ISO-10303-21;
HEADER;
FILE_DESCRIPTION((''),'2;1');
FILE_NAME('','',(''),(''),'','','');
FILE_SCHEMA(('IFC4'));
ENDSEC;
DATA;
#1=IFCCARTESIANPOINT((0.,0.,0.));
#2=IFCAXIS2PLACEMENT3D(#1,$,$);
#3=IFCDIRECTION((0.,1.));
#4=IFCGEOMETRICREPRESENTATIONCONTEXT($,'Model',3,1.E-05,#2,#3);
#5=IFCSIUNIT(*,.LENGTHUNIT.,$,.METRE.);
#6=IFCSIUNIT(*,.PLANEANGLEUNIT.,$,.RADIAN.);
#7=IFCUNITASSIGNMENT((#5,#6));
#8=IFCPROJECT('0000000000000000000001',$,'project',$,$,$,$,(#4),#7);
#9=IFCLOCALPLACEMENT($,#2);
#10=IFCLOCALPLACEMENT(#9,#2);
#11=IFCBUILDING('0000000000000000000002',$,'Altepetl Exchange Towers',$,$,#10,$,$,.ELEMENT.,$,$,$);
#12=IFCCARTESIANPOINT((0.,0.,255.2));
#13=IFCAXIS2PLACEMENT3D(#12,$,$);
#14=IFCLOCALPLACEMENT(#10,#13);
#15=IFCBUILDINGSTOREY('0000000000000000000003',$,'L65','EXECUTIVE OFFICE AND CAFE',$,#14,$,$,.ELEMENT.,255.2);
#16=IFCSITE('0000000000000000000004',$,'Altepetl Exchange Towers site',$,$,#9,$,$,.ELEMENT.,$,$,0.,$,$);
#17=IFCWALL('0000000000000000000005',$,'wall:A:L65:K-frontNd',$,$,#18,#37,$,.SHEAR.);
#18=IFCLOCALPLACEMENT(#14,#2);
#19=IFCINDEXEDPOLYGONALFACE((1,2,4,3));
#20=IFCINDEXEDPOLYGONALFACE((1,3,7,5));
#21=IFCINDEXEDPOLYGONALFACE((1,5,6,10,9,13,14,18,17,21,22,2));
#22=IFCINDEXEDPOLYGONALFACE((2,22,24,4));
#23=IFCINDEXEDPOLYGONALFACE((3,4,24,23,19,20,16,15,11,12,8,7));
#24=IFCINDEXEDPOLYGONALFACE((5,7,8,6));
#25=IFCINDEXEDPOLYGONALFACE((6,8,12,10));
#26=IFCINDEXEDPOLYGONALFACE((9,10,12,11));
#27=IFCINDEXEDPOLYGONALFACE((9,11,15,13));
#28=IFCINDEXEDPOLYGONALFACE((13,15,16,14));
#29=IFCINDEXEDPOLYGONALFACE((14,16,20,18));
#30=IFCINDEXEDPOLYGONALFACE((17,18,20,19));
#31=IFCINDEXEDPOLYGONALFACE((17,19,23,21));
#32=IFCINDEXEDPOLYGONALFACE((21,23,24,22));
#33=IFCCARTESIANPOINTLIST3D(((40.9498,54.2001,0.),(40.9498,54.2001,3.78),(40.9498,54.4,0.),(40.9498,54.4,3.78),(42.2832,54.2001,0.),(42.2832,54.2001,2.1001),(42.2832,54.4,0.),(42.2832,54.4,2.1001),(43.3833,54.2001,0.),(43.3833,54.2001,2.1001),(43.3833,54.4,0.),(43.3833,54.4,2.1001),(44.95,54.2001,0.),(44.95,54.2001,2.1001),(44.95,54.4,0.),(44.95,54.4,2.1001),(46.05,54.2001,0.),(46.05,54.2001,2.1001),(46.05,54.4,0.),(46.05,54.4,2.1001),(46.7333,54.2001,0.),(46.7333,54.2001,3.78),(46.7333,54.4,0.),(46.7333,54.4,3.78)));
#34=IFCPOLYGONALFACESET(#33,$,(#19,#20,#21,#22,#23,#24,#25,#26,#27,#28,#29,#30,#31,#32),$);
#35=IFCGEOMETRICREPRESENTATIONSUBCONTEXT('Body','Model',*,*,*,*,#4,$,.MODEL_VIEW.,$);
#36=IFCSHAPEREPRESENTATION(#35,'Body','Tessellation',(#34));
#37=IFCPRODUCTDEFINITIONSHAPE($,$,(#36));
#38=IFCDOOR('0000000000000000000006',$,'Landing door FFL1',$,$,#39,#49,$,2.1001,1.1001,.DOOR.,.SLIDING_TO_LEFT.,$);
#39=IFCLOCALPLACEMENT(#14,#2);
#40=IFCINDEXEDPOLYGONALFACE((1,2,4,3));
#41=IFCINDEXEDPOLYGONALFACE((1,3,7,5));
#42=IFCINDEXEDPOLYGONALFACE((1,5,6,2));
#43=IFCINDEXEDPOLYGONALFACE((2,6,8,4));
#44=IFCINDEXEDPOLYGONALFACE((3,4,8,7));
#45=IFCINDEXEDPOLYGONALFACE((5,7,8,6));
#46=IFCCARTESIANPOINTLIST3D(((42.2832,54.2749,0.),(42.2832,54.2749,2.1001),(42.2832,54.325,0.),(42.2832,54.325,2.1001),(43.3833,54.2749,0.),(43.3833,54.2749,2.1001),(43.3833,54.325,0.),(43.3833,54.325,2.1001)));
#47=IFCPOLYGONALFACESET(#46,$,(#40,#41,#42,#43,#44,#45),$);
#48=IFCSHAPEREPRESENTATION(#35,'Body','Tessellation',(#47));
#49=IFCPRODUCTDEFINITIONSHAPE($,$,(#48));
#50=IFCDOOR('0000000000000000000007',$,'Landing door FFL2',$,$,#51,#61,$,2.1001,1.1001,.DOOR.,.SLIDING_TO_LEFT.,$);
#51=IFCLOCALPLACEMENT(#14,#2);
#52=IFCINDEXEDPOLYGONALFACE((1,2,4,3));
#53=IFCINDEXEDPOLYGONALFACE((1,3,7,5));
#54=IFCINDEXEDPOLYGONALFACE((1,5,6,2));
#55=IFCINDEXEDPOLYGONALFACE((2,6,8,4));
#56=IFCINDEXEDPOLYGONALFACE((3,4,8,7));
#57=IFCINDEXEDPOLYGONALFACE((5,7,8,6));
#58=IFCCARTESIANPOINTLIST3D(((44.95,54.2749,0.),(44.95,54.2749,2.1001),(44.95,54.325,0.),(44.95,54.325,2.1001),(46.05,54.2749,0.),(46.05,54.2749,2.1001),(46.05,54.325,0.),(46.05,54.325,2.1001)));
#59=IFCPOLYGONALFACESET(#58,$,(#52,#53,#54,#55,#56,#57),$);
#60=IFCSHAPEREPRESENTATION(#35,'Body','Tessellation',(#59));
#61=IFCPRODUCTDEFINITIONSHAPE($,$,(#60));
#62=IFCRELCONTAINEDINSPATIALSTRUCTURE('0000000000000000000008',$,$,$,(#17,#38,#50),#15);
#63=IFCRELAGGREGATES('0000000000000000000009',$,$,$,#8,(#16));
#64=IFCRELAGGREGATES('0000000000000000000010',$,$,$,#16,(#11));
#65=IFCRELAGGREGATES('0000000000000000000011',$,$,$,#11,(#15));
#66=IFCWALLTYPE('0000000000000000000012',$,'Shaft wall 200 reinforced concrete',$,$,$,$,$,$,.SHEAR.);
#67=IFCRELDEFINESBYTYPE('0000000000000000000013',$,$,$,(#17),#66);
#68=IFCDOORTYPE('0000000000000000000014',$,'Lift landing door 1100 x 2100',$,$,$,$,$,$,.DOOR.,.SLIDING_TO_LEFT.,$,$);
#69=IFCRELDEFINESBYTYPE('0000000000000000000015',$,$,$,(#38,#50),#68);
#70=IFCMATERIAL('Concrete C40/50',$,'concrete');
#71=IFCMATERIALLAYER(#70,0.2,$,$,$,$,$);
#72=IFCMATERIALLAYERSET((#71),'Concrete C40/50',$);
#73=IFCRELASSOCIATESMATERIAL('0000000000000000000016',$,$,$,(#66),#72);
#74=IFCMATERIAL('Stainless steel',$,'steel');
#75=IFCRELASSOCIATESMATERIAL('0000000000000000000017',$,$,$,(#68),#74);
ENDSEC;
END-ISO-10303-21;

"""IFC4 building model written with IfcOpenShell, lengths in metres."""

from ifc_helpers import new_model, si_unit, direction, frame, frame_2d, origin, place, context, subcontext, project, spatial, rectangle, extrude, material, layer, layer_set, type_object, element, fill, save


model = new_model("IFC4")

# Units and contexts
model_context = context("Model", 3, precision=1e-05, world=origin(), true_north=direction((0.0, 1.0)))
body_context = subcontext(model_context, "Body", "Model", "MODEL_VIEW")
ifc_project = project(units=[si_unit("LENGTHUNIT", "METRE"), si_unit("PLANEANGLEUNIT", "RADIAN")], contexts=[model_context])

# Site, building, storey
site_placement = place(None, origin())
site = spatial("IfcSite", under=ifc_project, at=site_placement, Name="Altepetl Exchange Towers site", CompositionType="ELEMENT", RefElevation=0.0)
building_placement = place(site_placement, origin())
building = spatial("IfcBuilding", under=site, at=building_placement, Name="Altepetl Exchange Towers", CompositionType="ELEMENT")
storey_placement = place(building_placement, frame((0.0, 0.0, 255.2)))
storey = spatial("IfcBuildingStorey", under=building, at=storey_placement, Name="L65", Description="EXECUTIVE OFFICE AND CAFE", CompositionType="ELEMENT", Elevation=255.2)

# Shared definitions
ifc_material_1 = material(Name="Concrete C40/50", Category="concrete")
ifc_layer_1 = layer(ifc_material_1, 0.2)
ifc_layer_set_1 = layer_set([ifc_layer_1], Name="Concrete C40/50")
wall_type_1 = type_object("IfcWallType", Name="Shaft wall 200 reinforced concrete", PredefinedType="SHEAR", material=ifc_layer_set_1)

# Wall, openings, doors
ifc_material_2 = material(Name="Stainless steel", Category="steel")
wall_1_placement = place(storey_placement, frame((40.95, 54.3, 0.0)))
wall_1 = element("IfcWall", 1, at=wall_1_placement, inside=storey, type_object=wall_type_1, Name="wall:A:L65:K-frontNd", PredefinedType="SHEAR", context=body_context, shape_type="SweptSolid", body=[
    extrude(rectangle(XDim=5.7834, YDim=0.2, at=frame_2d((2.8916, 0.0))), origin(), (0.0, 0.0, 1.0), 3.78),
])
opening_1_placement = place(wall_1_placement, frame((1.3333, 0.0, 0.0)))
opening_1 = element("IfcOpeningElement", 2, at=opening_1_placement, cuts=wall_1, PredefinedType="OPENING", context=body_context, shape_type="SweptSolid", body=[
    extrude(rectangle(XDim=1.1001, YDim=2.1001, at=frame_2d((0.55, 1.05))), frame((0.0, 0.1099, 0.0), z_axis=(0.0, -1.0, 0.0), x_axis=(1.0, 0.0, 0.0)), (0.0, 0.0, 1.0), 0.22),
])
opening_2_placement = place(wall_1_placement, frame((4.0, 0.0, 0.0)))
opening_2 = element("IfcOpeningElement", 3, at=opening_2_placement, cuts=wall_1, PredefinedType="OPENING", context=body_context, shape_type="SweptSolid", body=[
    extrude(rectangle(XDim=1.1001, YDim=2.1001, at=frame_2d((0.55, 1.05))), frame((0.0, 0.1099, 0.0), z_axis=(0.0, -1.0, 0.0), x_axis=(1.0, 0.0, 0.0)), (0.0, 0.0, 1.0), 0.22),
])
door_type_1 = type_object("IfcDoorType", Name="Lift landing door 1100 x 2100", OperationType="SLIDING_TO_LEFT", PredefinedType="DOOR", material=ifc_material_2)
door_1_placement = place(opening_1_placement, origin())
door_1 = element("IfcDoor", 4, at=door_1_placement, inside=storey, type_object=door_type_1, Name="Landing door FFL1", OperationType="SLIDING_TO_LEFT", OverallHeight=2.1001, OverallWidth=1.1001, PredefinedType="DOOR", context=body_context, shape_type="SweptSolid", body=[
    extrude(rectangle(XDim=1.1001, YDim=2.1001, at=frame_2d((0.55, 1.05))), frame((0.0, 0.0249, 0.0), z_axis=(0.0, -1.0, 0.0), x_axis=(1.0, 0.0, 0.0)), (0.0, 0.0, 1.0), 0.05),
])
fill(opening_1, door_1)
door_2_placement = place(opening_2_placement, origin())
door_2 = element("IfcDoor", 5, at=door_2_placement, inside=storey, type_object=door_type_1, Name="Landing door FFL2", OperationType="SLIDING_TO_LEFT", OverallHeight=2.1001, OverallWidth=1.1001, PredefinedType="DOOR", context=body_context, shape_type="SweptSolid", body=[
    extrude(rectangle(XDim=1.1001, YDim=2.1001, at=frame_2d((0.55, 1.05))), frame((0.0, 0.0249, 0.0), z_axis=(0.0, -1.0, 0.0), x_axis=(1.0, 0.0, 0.0)), (0.0, 0.0, 1.0), 0.05),
])
fill(opening_2, door_2)

save(model, "model.ifc")
